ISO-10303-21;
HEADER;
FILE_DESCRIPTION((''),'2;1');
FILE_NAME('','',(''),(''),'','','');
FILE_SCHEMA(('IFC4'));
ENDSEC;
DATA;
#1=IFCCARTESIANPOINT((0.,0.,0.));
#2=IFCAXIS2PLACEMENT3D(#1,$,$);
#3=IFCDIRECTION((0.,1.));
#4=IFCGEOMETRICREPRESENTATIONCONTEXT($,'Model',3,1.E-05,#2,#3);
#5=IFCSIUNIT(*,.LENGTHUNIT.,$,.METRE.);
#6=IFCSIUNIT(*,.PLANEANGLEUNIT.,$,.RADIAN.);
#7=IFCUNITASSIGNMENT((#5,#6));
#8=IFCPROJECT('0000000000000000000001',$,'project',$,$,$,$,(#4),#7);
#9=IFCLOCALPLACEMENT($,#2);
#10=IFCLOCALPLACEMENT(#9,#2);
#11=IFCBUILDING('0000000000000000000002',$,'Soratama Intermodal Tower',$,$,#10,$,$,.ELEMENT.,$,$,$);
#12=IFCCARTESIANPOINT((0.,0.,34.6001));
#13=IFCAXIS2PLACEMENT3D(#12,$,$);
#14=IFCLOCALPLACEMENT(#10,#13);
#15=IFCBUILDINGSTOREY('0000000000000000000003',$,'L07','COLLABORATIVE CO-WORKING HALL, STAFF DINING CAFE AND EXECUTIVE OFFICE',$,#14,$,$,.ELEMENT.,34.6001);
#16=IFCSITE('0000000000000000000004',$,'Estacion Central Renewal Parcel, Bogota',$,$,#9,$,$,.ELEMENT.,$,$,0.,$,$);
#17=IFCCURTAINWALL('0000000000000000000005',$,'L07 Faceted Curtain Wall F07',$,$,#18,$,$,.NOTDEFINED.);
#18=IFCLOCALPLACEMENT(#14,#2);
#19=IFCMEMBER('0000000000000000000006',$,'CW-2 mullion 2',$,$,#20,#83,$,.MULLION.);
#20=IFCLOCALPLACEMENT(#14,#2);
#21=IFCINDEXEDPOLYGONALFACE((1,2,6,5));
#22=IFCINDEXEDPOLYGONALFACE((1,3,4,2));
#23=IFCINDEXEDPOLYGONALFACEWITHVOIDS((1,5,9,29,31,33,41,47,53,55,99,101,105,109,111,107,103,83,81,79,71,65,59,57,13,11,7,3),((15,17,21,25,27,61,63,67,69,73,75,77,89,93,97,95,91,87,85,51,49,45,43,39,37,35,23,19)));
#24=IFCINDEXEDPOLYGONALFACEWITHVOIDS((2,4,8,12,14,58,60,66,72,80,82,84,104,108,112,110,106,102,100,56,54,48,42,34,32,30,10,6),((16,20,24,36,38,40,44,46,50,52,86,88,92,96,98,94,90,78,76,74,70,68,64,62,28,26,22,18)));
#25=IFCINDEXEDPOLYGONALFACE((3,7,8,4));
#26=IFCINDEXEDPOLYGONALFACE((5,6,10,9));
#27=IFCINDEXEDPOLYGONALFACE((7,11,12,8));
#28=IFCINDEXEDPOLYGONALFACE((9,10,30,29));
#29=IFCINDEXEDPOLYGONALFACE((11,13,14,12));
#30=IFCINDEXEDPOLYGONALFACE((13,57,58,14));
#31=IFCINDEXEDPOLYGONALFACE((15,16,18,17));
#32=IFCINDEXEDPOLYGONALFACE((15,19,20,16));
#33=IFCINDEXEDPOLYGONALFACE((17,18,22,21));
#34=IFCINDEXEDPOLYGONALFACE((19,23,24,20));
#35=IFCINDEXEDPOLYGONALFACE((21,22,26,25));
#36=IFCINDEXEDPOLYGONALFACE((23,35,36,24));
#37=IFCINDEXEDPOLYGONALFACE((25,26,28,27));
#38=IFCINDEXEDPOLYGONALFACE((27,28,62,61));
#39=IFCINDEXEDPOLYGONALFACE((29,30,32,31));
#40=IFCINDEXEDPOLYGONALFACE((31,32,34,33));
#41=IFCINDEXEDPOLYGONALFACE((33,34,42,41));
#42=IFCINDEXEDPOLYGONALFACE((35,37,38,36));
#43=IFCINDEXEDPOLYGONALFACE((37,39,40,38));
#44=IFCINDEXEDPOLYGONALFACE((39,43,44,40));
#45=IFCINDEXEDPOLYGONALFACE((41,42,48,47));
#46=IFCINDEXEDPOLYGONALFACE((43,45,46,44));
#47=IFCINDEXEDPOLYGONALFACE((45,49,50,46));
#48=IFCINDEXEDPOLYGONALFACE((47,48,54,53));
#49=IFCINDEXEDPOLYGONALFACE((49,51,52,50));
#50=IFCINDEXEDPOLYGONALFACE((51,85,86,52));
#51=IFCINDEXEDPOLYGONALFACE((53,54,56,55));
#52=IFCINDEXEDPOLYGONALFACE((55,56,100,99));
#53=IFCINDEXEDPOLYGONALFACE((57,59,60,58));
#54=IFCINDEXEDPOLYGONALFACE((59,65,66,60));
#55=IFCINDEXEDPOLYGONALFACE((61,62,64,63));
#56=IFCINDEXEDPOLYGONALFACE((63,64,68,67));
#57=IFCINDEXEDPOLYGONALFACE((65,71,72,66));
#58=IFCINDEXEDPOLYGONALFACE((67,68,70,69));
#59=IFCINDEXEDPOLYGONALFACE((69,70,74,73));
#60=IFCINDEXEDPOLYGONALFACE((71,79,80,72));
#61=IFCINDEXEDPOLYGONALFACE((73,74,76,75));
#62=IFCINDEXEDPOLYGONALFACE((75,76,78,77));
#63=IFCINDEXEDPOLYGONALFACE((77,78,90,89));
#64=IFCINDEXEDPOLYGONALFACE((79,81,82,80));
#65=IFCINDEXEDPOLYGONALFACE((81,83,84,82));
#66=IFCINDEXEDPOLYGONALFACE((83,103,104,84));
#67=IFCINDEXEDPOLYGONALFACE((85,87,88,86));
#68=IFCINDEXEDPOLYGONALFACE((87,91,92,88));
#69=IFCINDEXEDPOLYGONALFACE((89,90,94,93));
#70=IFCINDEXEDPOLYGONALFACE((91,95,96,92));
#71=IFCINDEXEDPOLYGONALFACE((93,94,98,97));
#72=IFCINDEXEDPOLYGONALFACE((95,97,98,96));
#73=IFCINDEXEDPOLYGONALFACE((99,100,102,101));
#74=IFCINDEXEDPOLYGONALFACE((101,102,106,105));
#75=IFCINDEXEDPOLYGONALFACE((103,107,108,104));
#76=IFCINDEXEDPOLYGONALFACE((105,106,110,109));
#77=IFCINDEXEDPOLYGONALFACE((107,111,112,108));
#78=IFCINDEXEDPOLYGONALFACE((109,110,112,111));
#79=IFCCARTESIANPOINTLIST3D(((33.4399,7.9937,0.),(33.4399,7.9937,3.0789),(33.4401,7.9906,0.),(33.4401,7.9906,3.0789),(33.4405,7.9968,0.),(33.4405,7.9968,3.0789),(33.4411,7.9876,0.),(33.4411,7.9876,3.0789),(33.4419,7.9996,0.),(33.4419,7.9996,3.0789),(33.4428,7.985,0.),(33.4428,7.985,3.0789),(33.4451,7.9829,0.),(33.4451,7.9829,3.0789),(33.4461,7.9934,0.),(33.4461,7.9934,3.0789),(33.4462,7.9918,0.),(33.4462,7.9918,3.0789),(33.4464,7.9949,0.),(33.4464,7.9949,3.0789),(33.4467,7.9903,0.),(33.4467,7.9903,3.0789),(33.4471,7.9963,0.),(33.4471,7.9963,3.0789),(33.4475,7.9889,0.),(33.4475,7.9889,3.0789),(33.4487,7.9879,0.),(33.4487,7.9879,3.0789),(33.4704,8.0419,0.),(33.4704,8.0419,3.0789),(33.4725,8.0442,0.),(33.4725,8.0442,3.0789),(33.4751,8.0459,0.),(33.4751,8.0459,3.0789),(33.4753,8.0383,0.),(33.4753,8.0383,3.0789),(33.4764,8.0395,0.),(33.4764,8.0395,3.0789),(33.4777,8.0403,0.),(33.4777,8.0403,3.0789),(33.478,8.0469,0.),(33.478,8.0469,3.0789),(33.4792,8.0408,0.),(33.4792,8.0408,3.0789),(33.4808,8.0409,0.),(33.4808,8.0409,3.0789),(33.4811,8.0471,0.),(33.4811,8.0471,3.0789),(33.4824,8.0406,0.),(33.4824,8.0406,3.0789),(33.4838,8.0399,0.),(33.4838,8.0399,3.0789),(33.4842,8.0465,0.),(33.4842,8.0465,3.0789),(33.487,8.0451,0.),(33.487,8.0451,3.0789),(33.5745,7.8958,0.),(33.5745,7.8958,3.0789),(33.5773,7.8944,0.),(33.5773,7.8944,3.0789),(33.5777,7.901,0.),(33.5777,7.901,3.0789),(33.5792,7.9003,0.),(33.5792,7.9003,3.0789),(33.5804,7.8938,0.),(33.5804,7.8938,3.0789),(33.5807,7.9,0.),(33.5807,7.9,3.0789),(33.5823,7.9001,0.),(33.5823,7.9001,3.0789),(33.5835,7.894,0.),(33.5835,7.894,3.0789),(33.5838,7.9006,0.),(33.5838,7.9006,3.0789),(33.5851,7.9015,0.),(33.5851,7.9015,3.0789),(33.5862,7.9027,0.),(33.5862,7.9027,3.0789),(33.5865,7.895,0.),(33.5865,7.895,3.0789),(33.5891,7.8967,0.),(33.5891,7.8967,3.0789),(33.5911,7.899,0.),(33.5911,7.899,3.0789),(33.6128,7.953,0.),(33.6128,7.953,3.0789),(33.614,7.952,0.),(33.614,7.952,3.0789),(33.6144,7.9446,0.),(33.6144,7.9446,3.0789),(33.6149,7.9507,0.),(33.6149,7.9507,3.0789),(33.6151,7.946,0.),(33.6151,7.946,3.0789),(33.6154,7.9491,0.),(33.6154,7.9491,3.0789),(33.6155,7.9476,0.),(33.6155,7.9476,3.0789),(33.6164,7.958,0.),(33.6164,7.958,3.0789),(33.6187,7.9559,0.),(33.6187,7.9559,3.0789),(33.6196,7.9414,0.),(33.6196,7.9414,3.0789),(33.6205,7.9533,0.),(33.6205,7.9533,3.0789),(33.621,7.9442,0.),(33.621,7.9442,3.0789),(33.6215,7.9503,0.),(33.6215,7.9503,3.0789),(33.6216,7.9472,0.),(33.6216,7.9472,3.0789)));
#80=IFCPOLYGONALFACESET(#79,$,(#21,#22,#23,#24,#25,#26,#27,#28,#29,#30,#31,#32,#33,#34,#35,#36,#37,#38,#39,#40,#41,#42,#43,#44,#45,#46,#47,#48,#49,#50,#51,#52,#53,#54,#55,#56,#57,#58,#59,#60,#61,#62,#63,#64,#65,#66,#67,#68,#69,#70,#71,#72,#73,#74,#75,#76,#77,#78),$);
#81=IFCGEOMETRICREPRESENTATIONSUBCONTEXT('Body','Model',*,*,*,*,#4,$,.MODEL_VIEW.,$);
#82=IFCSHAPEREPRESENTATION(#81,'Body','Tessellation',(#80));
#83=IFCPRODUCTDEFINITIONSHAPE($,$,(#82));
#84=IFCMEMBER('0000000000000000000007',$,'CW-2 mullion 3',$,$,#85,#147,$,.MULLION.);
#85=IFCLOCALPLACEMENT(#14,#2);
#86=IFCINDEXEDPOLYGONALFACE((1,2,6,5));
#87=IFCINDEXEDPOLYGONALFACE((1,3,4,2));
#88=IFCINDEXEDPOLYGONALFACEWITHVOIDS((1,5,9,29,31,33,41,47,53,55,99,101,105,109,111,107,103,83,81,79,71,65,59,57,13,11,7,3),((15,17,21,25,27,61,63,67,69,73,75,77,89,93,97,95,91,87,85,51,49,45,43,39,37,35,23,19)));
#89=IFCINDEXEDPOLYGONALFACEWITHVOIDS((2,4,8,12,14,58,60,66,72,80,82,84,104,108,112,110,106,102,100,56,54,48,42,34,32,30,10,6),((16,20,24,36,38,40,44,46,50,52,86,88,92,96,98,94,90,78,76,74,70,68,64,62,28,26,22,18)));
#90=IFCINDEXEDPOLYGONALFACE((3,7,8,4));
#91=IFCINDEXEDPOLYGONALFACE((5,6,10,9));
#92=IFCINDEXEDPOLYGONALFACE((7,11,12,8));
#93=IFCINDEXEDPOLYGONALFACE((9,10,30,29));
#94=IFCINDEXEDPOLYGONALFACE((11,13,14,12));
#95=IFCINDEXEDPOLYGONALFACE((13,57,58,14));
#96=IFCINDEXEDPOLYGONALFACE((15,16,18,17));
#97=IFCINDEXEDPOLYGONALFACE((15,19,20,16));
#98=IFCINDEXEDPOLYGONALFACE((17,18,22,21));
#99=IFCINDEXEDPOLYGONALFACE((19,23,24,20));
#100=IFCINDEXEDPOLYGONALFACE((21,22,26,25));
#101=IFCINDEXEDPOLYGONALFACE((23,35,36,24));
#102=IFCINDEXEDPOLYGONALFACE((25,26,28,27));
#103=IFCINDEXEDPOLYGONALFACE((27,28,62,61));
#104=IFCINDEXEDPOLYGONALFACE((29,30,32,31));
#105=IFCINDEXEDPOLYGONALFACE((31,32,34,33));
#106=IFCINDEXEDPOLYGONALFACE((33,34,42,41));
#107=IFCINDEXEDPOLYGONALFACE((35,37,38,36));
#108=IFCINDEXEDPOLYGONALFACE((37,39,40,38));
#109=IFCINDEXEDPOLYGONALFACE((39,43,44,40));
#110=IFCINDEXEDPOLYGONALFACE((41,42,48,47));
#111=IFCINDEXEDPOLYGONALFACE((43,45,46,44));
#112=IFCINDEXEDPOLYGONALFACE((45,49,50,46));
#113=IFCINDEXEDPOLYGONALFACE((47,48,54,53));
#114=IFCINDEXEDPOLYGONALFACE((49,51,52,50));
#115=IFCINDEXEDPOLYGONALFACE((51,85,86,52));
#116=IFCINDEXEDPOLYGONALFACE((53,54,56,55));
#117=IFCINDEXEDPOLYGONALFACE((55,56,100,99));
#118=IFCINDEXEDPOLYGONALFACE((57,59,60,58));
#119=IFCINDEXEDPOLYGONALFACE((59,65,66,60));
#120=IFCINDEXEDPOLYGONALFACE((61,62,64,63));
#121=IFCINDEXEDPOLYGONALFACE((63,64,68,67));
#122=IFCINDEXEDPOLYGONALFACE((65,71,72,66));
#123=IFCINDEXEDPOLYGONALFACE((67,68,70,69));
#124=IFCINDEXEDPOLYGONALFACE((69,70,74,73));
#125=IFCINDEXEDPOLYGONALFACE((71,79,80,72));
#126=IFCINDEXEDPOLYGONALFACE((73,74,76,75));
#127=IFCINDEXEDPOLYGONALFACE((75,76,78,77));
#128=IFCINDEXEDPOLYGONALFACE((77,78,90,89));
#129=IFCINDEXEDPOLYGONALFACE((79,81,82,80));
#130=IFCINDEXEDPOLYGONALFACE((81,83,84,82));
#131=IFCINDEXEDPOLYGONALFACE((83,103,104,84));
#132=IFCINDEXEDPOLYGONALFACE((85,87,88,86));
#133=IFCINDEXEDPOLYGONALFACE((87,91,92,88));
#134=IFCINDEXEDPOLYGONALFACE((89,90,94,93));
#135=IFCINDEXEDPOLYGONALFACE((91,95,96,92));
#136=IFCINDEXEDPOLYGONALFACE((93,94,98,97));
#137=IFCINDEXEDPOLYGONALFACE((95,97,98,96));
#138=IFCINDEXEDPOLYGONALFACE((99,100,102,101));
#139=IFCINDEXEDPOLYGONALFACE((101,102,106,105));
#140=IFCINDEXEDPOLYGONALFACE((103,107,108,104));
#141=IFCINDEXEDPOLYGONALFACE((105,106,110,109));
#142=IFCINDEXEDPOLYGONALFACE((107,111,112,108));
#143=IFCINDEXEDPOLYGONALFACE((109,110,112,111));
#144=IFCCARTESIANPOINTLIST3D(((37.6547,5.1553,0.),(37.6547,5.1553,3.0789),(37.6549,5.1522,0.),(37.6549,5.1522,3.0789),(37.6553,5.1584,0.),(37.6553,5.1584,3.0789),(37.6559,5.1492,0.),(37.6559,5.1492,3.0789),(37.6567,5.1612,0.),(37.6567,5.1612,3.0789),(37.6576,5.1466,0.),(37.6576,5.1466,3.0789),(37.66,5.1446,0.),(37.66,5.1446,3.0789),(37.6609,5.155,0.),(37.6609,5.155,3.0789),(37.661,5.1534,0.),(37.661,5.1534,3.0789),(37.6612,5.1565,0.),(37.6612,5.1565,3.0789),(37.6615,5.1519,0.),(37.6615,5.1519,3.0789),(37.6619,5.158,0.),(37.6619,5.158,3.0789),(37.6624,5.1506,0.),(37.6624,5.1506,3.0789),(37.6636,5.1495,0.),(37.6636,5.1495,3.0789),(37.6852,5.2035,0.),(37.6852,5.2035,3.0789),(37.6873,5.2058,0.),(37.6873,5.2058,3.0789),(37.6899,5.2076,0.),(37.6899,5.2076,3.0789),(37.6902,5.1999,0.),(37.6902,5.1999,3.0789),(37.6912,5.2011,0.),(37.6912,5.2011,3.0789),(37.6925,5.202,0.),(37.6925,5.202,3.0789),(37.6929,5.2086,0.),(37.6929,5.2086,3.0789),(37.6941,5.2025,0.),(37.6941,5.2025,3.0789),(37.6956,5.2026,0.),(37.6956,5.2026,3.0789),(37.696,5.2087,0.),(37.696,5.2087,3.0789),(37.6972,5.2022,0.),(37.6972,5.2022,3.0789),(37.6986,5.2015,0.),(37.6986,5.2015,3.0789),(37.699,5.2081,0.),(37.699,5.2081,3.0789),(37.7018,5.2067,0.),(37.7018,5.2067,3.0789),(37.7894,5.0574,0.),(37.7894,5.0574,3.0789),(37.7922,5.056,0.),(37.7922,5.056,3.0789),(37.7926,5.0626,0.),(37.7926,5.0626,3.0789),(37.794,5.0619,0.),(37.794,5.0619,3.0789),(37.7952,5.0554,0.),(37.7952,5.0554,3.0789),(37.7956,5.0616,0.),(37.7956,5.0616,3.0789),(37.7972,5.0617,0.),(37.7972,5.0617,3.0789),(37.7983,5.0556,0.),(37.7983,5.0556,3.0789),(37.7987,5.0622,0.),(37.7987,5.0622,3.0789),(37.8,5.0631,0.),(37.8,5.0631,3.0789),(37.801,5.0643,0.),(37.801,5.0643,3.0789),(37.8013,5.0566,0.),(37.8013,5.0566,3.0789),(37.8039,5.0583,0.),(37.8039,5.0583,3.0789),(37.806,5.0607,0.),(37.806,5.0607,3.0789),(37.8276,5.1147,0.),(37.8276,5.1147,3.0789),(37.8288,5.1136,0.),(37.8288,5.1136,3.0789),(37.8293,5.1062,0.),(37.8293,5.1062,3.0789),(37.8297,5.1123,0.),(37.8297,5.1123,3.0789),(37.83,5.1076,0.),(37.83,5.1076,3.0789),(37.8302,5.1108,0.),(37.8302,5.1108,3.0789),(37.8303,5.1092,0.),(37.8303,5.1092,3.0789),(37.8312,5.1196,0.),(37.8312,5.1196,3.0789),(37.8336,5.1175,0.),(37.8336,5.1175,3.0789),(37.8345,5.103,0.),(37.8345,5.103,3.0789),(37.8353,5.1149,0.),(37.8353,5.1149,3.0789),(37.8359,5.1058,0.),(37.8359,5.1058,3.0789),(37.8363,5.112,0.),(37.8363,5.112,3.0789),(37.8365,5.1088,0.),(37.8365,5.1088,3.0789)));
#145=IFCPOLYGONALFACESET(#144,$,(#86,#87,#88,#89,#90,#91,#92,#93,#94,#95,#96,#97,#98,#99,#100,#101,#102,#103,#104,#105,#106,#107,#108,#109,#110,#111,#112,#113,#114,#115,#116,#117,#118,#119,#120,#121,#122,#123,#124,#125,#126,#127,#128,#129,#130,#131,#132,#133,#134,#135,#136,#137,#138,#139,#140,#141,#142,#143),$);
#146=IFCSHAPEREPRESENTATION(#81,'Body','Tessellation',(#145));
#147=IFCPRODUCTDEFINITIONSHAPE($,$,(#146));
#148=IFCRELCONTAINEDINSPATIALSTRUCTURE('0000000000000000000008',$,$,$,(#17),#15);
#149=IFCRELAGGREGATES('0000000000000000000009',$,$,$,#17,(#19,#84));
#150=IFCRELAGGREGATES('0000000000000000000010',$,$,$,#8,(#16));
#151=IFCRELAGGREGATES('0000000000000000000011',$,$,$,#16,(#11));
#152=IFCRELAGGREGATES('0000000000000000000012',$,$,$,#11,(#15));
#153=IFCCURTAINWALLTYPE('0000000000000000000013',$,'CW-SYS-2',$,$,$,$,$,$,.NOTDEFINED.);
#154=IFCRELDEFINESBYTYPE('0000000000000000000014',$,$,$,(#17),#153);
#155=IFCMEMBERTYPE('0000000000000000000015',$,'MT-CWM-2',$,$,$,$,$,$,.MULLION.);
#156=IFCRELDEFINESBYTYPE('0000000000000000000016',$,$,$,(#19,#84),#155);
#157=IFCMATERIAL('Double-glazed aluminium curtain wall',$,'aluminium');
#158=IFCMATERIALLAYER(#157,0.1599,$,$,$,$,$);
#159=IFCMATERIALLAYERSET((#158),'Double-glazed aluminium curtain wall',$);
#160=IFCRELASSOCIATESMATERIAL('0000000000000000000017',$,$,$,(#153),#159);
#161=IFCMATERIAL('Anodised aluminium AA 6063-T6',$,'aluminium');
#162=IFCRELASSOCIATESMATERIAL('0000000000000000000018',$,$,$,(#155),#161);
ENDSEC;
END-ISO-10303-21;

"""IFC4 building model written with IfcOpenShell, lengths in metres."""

from ifc_helpers import new_model, si_unit, direction, frame, origin, origin_2d, place, context, subcontext, project, spatial, hollow_rectangle, extrude, material, layer, layer_set, material_profile, profile_set, type_object, element, aggregate, save


model = new_model("IFC4")

# Units and contexts
model_context = context("Model", 3, precision=1e-05, world=origin(), true_north=direction((0.0, 1.0)))
body_context = subcontext(model_context, "Body", "Model", "MODEL_VIEW")
ifc_project = project(units=[si_unit("LENGTHUNIT", "METRE"), si_unit("PLANEANGLEUNIT", "RADIAN")], contexts=[model_context])

# Site, building, storey
site_placement = place(None, origin())
site = spatial("IfcSite", under=ifc_project, at=site_placement, Name="Estacion Central Renewal Parcel, Bogota", CompositionType="ELEMENT", RefElevation=0.0)
building_placement = place(site_placement, origin())
building = spatial("IfcBuilding", under=site, at=building_placement, Name="Soratama Intermodal Tower", CompositionType="ELEMENT")
storey_placement = place(building_placement, frame((0.0, 0.0, 34.6001)))
storey = spatial("IfcBuildingStorey", under=building, at=storey_placement, Name="L07", Description="COLLABORATIVE CO-WORKING HALL, STAFF DINING CAFE AND EXECUTIVE OFFICE", CompositionType="ELEMENT", Elevation=34.6001)

# Curtain wall, members
ifc_material_1 = material(Name="Double-glazed aluminium curtain wall", Category="aluminium")
ifc_layer_1 = layer(ifc_material_1, 0.1599)
ifc_layer_set_1 = layer_set([ifc_layer_1], Name="Double-glazed aluminium curtain wall")
curtain_wall_type = type_object("IfcCurtainWallType", Name="CW-SYS-2", PredefinedType="NOTDEFINED", material=ifc_layer_set_1)
curtain_wall_placement = place(storey_placement, origin())
curtain_wall = element("IfcCurtainWall", 1, at=curtain_wall_placement, inside=storey, type_object=curtain_wall_type, Name="L07 Faceted Curtain Wall F07", PredefinedType="NOTDEFINED")
ifc_material_2 = material(Name="Anodised aluminium AA 6063-T6", Category="aluminium")
ifc_material_profile_1 = material_profile(ifc_material_2, hollow_rectangle(XDim=0.075, YDim=0.1799, WallThickness=0.0061, InnerFilletRadius=0.0061, OuterFilletRadius=0.012, at=origin_2d()), Name="CWM180X75X6")
ifc_profile_set_1 = profile_set([ifc_material_profile_1], Name="Anodised aluminium AA 6063-T6")
member_type_1 = type_object("IfcMemberType", Name="MT-CWM-2", PredefinedType="MULLION", material=ifc_profile_set_1)
member_1_placement = place(storey_placement, frame((33.5308, 7.9705, 0.0), z_axis=(0.0, 0.0, 1.0), x_axis=(0.558611, 0.82943, 0.0)))
member_1 = element("IfcMember", 2, at=member_1_placement, type_object=member_type_1, Name="CW-2 mullion 2", PredefinedType="MULLION", context=body_context, shape_type="SweptSolid", body=[
    extrude(hollow_rectangle(XDim=0.075, YDim=0.1799, WallThickness=0.0061, InnerFilletRadius=0.0061, OuterFilletRadius=0.012, at=origin_2d()), origin(), (0.0, 0.0, 1.0), 3.0789),
])
member_2_placement = place(storey_placement, frame((37.7456, 5.1321, 0.0), z_axis=(0.0, 0.0, 1.0), x_axis=(0.558611, 0.82943, 0.0)))
member_2 = element("IfcMember", 3, at=member_2_placement, type_object=member_type_1, Name="CW-2 mullion 3", PredefinedType="MULLION", context=body_context, shape_type="SweptSolid", body=[
    extrude(hollow_rectangle(XDim=0.075, YDim=0.1799, WallThickness=0.0061, InnerFilletRadius=0.0061, OuterFilletRadius=0.012, at=origin_2d()), origin(), (0.0, 0.0, 1.0), 3.0789),
])
aggregate(curtain_wall, [member_1, member_2])

save(model, "model.ifc")
